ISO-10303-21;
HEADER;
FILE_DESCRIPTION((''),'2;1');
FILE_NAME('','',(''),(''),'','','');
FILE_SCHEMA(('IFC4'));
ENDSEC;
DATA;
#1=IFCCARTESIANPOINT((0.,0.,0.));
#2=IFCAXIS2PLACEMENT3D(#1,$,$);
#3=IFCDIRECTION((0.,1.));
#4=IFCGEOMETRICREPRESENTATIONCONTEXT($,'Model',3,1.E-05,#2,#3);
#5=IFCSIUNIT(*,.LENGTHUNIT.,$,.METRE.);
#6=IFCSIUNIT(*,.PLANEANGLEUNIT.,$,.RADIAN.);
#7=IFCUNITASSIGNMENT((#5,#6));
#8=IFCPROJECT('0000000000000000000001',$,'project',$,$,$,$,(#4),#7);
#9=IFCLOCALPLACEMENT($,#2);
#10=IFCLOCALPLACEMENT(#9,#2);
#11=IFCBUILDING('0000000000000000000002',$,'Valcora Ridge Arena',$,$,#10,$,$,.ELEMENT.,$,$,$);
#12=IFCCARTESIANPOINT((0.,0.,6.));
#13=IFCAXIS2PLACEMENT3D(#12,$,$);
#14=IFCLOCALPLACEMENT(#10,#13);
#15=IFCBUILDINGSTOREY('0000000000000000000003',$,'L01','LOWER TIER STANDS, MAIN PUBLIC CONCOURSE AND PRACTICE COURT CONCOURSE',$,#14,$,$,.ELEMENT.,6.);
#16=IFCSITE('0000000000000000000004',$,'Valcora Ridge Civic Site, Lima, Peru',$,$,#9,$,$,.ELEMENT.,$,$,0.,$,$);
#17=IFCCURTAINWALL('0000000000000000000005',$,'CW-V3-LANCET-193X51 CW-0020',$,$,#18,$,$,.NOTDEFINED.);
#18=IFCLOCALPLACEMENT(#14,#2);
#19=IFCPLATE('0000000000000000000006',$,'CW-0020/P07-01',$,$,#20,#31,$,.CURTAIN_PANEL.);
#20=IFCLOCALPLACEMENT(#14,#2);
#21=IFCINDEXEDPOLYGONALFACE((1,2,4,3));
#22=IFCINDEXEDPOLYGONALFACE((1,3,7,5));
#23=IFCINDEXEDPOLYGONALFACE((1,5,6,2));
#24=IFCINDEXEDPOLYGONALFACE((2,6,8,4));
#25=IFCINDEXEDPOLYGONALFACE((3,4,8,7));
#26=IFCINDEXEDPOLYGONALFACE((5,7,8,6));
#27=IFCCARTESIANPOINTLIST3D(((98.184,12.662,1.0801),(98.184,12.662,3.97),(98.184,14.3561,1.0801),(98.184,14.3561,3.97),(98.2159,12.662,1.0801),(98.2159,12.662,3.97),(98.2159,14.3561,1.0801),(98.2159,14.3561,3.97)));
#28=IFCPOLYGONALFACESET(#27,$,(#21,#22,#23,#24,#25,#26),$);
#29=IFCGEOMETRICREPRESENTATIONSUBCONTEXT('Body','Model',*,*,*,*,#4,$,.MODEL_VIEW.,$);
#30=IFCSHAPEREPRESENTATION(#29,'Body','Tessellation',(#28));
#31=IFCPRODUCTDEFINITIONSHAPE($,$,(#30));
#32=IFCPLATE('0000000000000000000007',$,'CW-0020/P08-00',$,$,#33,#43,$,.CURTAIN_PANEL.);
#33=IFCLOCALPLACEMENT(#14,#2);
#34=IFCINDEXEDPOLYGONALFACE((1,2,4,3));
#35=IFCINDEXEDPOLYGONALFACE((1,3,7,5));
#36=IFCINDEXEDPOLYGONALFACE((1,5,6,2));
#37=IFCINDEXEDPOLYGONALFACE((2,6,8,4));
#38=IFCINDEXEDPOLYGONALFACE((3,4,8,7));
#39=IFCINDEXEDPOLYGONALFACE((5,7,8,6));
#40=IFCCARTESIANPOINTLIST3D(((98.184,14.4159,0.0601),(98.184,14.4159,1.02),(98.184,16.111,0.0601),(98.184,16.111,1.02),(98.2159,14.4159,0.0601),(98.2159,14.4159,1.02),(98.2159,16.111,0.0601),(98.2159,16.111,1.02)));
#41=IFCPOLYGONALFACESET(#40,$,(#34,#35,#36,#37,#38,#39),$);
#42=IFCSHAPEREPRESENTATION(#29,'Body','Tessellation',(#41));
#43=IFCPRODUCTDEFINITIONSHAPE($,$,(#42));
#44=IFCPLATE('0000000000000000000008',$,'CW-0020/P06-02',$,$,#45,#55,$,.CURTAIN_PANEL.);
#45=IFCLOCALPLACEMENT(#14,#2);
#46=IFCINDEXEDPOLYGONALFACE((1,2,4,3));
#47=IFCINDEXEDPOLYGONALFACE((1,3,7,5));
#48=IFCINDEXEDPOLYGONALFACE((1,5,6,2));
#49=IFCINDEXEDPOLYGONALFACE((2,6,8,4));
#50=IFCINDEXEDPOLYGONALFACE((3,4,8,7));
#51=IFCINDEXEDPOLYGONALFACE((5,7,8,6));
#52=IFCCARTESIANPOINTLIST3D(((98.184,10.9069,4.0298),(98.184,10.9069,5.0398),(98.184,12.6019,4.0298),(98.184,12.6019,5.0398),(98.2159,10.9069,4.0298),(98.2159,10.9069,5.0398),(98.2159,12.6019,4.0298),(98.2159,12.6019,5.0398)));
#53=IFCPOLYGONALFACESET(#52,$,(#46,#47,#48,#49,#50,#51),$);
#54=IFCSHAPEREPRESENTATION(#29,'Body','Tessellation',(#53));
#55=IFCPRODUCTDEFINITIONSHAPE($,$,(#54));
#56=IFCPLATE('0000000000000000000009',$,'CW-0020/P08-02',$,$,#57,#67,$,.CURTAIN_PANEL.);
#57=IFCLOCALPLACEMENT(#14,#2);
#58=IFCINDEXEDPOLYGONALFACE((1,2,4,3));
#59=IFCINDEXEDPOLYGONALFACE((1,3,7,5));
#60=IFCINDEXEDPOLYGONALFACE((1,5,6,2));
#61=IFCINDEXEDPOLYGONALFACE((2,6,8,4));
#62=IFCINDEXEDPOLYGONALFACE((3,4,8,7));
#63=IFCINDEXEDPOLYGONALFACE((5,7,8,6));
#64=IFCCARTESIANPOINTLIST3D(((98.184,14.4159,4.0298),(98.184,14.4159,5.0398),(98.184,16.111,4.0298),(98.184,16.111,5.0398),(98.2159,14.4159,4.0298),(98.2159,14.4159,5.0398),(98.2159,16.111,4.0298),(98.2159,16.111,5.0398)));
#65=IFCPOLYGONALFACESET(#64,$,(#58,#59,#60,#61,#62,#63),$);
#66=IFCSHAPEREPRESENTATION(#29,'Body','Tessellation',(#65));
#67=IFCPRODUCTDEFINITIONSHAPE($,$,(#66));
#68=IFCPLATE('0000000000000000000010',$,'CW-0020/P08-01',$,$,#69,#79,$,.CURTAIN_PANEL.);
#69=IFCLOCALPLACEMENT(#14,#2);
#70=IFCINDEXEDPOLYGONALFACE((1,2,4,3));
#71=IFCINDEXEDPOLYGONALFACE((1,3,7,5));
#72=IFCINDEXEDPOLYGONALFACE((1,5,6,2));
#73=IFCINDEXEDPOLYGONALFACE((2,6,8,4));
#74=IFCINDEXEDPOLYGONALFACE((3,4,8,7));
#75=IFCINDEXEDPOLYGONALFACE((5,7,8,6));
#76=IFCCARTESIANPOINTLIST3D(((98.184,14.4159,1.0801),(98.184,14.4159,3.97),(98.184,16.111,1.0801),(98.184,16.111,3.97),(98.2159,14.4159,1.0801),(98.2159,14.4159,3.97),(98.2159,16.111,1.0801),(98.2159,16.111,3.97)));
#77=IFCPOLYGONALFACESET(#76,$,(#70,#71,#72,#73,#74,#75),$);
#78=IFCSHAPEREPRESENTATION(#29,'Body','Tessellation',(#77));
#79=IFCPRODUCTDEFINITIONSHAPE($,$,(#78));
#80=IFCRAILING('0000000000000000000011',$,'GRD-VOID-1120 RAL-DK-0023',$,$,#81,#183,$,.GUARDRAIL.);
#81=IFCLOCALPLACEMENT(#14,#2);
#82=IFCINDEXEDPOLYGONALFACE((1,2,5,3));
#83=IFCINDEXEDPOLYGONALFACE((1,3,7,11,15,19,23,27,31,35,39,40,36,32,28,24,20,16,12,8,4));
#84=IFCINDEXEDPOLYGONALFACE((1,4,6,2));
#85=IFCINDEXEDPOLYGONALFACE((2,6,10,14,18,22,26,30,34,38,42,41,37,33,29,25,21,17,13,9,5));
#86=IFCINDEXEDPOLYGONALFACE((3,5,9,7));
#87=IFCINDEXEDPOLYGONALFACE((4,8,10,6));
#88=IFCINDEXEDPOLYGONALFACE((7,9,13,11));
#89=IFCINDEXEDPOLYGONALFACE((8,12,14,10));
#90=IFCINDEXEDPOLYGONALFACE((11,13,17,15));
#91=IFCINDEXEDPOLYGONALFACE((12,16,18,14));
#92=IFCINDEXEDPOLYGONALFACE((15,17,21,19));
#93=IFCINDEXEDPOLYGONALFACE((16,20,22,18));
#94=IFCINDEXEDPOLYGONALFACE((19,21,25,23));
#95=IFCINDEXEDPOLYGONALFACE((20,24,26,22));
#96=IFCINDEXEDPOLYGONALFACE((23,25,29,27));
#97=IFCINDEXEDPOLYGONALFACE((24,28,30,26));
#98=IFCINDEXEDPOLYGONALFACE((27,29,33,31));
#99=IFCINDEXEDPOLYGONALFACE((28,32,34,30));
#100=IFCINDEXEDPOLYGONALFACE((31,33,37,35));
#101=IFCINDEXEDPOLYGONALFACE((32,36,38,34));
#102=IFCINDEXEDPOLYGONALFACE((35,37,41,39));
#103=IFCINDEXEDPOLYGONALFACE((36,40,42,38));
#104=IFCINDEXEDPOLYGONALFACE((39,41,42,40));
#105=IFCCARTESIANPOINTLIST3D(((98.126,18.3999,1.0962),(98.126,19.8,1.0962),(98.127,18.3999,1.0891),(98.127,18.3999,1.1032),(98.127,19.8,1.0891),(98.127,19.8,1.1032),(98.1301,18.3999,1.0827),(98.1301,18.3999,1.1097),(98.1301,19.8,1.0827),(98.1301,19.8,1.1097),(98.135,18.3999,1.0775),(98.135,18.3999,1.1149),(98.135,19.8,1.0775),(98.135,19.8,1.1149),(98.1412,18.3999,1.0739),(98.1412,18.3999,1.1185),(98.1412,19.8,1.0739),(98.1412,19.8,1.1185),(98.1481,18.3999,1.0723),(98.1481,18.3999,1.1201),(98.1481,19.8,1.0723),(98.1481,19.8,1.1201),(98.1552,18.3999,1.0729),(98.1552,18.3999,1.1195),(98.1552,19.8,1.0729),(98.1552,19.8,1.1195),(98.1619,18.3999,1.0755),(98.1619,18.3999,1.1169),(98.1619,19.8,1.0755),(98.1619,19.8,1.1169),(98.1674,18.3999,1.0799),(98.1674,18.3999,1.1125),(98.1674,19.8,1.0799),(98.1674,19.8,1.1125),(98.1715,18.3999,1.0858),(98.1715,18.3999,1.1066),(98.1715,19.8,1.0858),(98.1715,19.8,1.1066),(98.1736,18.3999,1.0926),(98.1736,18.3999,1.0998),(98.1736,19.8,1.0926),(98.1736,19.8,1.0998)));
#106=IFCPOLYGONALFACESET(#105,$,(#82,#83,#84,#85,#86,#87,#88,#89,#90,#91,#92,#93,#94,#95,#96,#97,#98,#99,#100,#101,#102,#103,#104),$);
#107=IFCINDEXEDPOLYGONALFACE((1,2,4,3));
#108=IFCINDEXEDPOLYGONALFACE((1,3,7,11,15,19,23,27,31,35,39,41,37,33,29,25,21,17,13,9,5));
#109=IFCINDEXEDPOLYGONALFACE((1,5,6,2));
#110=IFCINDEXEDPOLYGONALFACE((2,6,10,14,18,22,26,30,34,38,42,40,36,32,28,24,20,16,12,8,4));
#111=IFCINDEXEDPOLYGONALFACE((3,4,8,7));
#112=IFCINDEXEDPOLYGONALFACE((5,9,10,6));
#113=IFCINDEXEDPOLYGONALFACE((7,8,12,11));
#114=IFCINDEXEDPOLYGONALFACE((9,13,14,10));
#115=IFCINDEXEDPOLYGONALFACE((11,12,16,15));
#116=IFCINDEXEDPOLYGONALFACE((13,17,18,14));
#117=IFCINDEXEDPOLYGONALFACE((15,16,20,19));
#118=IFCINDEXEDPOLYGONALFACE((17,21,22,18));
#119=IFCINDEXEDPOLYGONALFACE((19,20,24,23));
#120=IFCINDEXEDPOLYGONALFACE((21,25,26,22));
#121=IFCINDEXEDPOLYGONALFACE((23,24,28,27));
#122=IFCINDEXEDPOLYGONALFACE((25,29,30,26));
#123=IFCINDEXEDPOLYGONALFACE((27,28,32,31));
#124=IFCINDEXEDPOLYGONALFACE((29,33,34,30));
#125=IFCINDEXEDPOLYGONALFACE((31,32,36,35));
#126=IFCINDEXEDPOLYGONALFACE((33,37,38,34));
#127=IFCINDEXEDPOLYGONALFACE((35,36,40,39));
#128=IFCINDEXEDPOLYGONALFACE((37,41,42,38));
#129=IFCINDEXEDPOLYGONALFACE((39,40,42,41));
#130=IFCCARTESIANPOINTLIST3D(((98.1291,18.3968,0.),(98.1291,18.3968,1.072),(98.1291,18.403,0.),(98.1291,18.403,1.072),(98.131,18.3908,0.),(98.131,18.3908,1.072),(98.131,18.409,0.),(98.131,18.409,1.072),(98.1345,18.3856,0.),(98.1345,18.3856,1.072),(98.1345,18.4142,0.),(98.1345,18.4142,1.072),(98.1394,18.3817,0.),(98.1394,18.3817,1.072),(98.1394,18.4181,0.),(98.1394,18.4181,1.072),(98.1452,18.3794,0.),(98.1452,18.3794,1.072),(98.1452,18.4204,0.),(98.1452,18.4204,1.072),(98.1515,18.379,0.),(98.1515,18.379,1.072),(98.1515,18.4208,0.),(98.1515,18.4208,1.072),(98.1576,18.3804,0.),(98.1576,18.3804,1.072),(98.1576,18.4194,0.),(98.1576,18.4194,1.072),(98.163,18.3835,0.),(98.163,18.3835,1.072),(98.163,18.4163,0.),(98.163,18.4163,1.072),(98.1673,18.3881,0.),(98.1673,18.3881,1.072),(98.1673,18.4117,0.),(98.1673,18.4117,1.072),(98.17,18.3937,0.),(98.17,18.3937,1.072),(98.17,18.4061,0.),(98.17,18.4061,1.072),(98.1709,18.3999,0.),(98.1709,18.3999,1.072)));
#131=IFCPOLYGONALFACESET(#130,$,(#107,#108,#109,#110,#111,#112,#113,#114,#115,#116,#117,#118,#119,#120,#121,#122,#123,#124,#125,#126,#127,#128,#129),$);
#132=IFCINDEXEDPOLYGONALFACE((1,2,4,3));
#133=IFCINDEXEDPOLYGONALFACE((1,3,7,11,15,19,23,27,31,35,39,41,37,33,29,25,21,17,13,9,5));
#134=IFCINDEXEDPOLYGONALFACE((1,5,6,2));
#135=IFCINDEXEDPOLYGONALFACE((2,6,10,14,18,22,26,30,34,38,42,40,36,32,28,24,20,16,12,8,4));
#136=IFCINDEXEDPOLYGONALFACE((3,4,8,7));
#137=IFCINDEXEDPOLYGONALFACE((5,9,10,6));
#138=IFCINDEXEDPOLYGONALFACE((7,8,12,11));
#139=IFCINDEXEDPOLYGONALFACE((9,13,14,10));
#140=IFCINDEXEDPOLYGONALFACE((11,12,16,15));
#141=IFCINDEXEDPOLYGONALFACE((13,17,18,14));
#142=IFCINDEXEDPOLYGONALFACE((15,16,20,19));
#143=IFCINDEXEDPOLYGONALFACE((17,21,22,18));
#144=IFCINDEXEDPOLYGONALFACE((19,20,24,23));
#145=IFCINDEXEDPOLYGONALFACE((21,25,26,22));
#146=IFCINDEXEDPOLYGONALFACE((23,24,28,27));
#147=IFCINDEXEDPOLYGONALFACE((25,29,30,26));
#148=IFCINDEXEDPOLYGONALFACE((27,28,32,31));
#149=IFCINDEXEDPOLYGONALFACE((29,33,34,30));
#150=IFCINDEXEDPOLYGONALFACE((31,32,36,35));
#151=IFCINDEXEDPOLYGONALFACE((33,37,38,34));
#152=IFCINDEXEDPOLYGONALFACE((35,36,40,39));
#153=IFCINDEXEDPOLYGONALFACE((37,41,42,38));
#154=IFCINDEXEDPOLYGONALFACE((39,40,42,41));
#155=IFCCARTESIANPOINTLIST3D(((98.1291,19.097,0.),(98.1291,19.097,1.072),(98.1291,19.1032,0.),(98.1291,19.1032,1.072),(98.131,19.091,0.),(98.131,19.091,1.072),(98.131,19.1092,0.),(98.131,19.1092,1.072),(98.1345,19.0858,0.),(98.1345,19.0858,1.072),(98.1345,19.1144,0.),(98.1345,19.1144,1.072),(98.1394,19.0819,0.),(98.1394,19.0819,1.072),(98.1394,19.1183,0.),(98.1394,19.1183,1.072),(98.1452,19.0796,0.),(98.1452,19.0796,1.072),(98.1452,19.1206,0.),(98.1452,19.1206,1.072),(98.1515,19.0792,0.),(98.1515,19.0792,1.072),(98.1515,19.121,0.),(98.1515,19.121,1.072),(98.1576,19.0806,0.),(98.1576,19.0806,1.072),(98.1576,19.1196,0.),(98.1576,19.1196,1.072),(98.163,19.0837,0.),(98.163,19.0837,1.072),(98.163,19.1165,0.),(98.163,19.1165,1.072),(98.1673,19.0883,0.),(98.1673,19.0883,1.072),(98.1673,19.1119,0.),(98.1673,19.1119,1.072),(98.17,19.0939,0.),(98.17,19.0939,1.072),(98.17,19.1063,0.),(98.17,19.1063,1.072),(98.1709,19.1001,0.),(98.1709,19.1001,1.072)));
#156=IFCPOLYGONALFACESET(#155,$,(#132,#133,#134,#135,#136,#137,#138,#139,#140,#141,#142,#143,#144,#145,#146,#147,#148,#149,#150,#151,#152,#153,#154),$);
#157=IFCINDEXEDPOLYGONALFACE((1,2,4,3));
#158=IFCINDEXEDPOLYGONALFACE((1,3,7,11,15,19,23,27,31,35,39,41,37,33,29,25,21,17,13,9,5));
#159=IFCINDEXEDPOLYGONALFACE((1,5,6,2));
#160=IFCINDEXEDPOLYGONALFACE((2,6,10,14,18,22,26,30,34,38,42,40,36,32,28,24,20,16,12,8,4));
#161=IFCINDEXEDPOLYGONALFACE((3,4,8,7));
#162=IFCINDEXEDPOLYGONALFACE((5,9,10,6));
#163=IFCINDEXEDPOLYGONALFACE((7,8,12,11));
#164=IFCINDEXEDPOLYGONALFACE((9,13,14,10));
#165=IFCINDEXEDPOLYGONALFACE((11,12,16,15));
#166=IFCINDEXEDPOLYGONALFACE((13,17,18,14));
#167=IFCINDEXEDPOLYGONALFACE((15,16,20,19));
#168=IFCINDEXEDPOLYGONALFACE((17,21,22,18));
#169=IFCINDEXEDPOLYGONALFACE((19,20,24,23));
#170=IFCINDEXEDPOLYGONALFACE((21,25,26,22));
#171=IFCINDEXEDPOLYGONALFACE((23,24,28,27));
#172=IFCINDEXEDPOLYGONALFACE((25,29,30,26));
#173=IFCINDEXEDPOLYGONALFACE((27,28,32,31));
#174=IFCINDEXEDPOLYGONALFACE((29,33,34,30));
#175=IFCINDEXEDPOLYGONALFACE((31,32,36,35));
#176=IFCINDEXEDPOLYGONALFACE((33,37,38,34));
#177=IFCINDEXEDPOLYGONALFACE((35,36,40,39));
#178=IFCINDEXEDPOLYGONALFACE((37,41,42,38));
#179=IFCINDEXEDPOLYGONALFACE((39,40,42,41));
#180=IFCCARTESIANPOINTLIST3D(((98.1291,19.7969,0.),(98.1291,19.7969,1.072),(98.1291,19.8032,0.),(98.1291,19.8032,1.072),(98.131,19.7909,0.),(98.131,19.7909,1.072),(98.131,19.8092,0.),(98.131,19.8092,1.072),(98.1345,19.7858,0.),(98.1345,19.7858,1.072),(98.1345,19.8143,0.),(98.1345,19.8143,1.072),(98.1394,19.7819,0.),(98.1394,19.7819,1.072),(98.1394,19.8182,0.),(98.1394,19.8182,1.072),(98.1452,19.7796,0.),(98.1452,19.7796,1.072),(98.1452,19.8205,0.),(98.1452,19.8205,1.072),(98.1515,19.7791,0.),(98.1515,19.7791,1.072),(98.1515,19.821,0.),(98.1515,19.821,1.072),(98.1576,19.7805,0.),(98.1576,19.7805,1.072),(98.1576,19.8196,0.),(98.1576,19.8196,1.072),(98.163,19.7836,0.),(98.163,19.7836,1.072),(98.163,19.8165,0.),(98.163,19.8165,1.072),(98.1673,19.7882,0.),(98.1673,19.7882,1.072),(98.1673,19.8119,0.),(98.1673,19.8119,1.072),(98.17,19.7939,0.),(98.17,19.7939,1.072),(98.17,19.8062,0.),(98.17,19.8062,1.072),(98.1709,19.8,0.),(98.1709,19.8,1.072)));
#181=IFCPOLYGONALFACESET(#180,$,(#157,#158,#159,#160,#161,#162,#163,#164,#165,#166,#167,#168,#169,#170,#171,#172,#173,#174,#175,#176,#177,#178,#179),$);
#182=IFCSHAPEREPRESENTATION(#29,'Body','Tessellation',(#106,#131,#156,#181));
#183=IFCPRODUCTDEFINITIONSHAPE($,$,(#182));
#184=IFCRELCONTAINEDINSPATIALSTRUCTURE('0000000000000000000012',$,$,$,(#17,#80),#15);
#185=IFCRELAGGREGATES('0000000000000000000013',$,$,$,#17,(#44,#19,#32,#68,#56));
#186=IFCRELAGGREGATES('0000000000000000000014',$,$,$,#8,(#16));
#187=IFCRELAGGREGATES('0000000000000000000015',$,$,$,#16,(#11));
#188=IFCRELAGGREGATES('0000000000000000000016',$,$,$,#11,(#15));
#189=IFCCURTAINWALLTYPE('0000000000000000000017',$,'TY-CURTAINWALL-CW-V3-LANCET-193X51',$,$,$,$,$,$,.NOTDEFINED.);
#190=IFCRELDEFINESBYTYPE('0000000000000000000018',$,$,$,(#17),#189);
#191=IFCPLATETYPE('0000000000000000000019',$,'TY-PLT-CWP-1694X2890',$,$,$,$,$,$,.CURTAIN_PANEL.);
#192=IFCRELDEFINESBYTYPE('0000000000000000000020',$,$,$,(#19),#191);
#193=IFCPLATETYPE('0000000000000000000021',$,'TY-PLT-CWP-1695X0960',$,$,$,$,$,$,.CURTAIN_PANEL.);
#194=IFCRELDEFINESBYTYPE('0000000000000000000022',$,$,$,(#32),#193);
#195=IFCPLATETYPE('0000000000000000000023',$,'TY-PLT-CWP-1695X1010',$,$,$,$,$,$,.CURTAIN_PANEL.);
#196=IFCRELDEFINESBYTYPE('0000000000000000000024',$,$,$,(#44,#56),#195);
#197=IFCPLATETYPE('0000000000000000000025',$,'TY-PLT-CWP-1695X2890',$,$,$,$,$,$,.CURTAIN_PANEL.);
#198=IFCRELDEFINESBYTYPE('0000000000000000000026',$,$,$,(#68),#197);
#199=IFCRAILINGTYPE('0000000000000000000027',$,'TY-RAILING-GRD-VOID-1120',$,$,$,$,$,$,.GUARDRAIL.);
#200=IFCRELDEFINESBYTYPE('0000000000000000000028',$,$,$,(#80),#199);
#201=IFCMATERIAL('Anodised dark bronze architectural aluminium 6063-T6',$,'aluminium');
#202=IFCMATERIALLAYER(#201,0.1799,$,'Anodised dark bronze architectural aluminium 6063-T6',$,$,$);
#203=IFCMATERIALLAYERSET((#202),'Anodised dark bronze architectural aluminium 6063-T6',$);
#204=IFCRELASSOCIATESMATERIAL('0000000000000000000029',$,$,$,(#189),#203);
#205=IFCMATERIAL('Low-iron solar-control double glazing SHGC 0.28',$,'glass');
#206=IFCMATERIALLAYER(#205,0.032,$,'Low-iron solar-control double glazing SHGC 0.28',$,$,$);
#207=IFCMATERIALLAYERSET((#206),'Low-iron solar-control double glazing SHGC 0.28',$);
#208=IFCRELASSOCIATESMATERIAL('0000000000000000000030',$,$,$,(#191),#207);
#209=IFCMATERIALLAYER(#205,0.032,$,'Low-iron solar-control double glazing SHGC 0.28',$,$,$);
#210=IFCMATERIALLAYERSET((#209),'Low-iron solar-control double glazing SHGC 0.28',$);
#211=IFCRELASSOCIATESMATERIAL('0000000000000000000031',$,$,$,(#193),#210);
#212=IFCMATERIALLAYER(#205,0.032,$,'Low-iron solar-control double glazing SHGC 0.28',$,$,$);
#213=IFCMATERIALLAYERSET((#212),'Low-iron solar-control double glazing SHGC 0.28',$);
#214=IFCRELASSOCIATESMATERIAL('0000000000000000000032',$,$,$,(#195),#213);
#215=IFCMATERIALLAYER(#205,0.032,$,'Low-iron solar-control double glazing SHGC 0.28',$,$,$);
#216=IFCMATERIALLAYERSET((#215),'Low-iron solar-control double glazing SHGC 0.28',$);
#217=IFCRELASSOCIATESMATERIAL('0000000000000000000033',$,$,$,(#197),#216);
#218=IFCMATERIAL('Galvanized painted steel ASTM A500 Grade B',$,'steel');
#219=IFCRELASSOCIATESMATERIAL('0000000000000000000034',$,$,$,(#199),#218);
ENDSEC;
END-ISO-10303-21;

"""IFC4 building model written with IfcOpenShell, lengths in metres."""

from ifc_helpers import new_model, si_unit, direction, frame, origin, origin_2d, place, context, subcontext, project, spatial, rectangle, circle, extrude, material, layer, layer_set, type_object, element, aggregate, save


model = new_model("IFC4")

# Units and contexts
model_context = context("Model", 3, precision=1e-05, world=origin(), true_north=direction((0.0, 1.0)))
body_context = subcontext(model_context, "Body", "Model", "MODEL_VIEW")
ifc_project = project(units=[si_unit("LENGTHUNIT", "METRE"), si_unit("PLANEANGLEUNIT", "RADIAN")], contexts=[model_context])

# Site, building, storey
site_placement = place(None, origin())
site = spatial("IfcSite", under=ifc_project, at=site_placement, Name="Valcora Ridge Civic Site, Lima, Peru", CompositionType="ELEMENT", RefElevation=0.0)
building_placement = place(site_placement, origin())
building = spatial("IfcBuilding", under=site, at=building_placement, Name="Valcora Ridge Arena", CompositionType="ELEMENT")
storey_placement = place(building_placement, frame((0.0, 0.0, 6.0)))
storey = spatial("IfcBuildingStorey", under=building, at=storey_placement, Name="L01", Description="LOWER TIER STANDS, MAIN PUBLIC CONCOURSE AND PRACTICE COURT CONCOURSE", CompositionType="ELEMENT", Elevation=6.0)

# Curtain wall, plates
ifc_material_1 = material(Name="Anodised dark bronze architectural aluminium 6063-T6", Category="aluminium")
ifc_layer_1 = layer(ifc_material_1, 0.1799, Name="Anodised dark bronze architectural aluminium 6063-T6")
ifc_layer_set_1 = layer_set([ifc_layer_1], Name="Anodised dark bronze architectural aluminium 6063-T6")
curtain_wall_type = type_object("IfcCurtainWallType", Name="TY-CURTAINWALL-CW-V3-LANCET-193X51", PredefinedType="NOTDEFINED", material=ifc_layer_set_1)
curtain_wall_placement = place(storey_placement, origin())
curtain_wall = element("IfcCurtainWall", 1, at=curtain_wall_placement, inside=storey, type_object=curtain_wall_type, Name="CW-V3-LANCET-193X51 CW-0020", PredefinedType="NOTDEFINED")
ifc_material_2 = material(Name="Low-iron solar-control double glazing SHGC 0.28", Category="glass")
ifc_layer_2 = layer(ifc_material_2, 0.032, Name="Low-iron solar-control double glazing SHGC 0.28")
ifc_layer_set_2 = layer_set([ifc_layer_2], Name="Low-iron solar-control double glazing SHGC 0.28")
plate_type_1 = type_object("IfcPlateType", Name="TY-PLT-CWP-1694X2890", PredefinedType="CURTAIN_PANEL", material=ifc_layer_set_2)
plate_1_placement = place(storey_placement, frame((98.2, 13.509, 1.0801), z_axis=(0.0, 0.0, 1.0), x_axis=(0.0, 1.0, 0.0)))
plate_1 = element("IfcPlate", 2, at=plate_1_placement, type_object=plate_type_1, Name="CW-0020/P07-01", PredefinedType="CURTAIN_PANEL", context=body_context, shape_type="SweptSolid", body=[
    extrude(rectangle(XDim=1.6941, YDim=0.032, at=origin_2d()), origin(), (0.0, 0.0, 1.0), 2.8899),
])
ifc_layer_3 = layer(ifc_material_2, 0.032, Name="Low-iron solar-control double glazing SHGC 0.28")
ifc_layer_set_3 = layer_set([ifc_layer_3], Name="Low-iron solar-control double glazing SHGC 0.28")
plate_type_2 = type_object("IfcPlateType", Name="TY-PLT-CWP-1695X0960", PredefinedType="CURTAIN_PANEL", material=ifc_layer_set_3)
plate_2_placement = place(storey_placement, frame((98.2, 15.2634, 0.0601), z_axis=(0.0, 0.0, 1.0), x_axis=(0.0, 1.0, 0.0)))
plate_2 = element("IfcPlate", 3, at=plate_2_placement, type_object=plate_type_2, Name="CW-0020/P08-00", PredefinedType="CURTAIN_PANEL", context=body_context, shape_type="SweptSolid", body=[
    extrude(rectangle(XDim=1.6951, YDim=0.032, at=origin_2d()), origin(), (0.0, 0.0, 1.0), 0.96),
])
ifc_layer_4 = layer(ifc_material_2, 0.032, Name="Low-iron solar-control double glazing SHGC 0.28")
ifc_layer_set_4 = layer_set([ifc_layer_4], Name="Low-iron solar-control double glazing SHGC 0.28")
plate_type_3 = type_object("IfcPlateType", Name="TY-PLT-CWP-1695X1010", PredefinedType="CURTAIN_PANEL", material=ifc_layer_set_4)
plate_3_placement = place(storey_placement, frame((98.2, 11.7544, 4.0298), z_axis=(0.0, 0.0, 1.0), x_axis=(0.0, 1.0, 0.0)))
plate_3 = element("IfcPlate", 4, at=plate_3_placement, type_object=plate_type_3, Name="CW-0020/P06-02", PredefinedType="CURTAIN_PANEL", context=body_context, shape_type="SweptSolid", body=[
    extrude(rectangle(XDim=1.6951, YDim=0.032, at=origin_2d()), origin(), (0.0, 0.0, 1.0), 1.01),
])
plate_4_placement = place(storey_placement, frame((98.2, 15.2634, 4.0298), z_axis=(0.0, 0.0, 1.0), x_axis=(0.0, 1.0, 0.0)))
plate_4 = element("IfcPlate", 5, at=plate_4_placement, type_object=plate_type_3, Name="CW-0020/P08-02", PredefinedType="CURTAIN_PANEL", context=body_context, shape_type="SweptSolid", body=[
    extrude(rectangle(XDim=1.6951, YDim=0.032, at=origin_2d()), origin(), (0.0, 0.0, 1.0), 1.01),
])
ifc_layer_5 = layer(ifc_material_2, 0.032, Name="Low-iron solar-control double glazing SHGC 0.28")
ifc_layer_set_5 = layer_set([ifc_layer_5], Name="Low-iron solar-control double glazing SHGC 0.28")
plate_type_4 = type_object("IfcPlateType", Name="TY-PLT-CWP-1695X2890", PredefinedType="CURTAIN_PANEL", material=ifc_layer_set_5)
plate_5_placement = place(storey_placement, frame((98.2, 15.2634, 1.0801), z_axis=(0.0, 0.0, 1.0), x_axis=(0.0, 1.0, 0.0)))
plate_5 = element("IfcPlate", 6, at=plate_5_placement, type_object=plate_type_4, Name="CW-0020/P08-01", PredefinedType="CURTAIN_PANEL", context=body_context, shape_type="SweptSolid", body=[
    extrude(rectangle(XDim=1.6951, YDim=0.032, at=origin_2d()), origin(), (0.0, 0.0, 1.0), 2.8899),
])
aggregate(curtain_wall, [plate_3, plate_1, plate_2, plate_5, plate_4])

# Railing
ifc_material_3 = material(Name="Galvanized painted steel ASTM A500 Grade B", Category="steel")
railing_type = type_object("IfcRailingType", Name="TY-RAILING-GRD-VOID-1120", PredefinedType="GUARDRAIL", material=ifc_material_3)
railing_placement = place(storey_placement, frame((98.1499, 18.3999, 0.0)))
element("IfcRailing", 7, at=railing_placement, inside=storey, type_object=railing_type, Name="GRD-VOID-1120 RAL-DK-0023", PredefinedType="GUARDRAIL", context=body_context, shape_type="SweptSolid", body=[
    extrude(circle(Radius=0.0239, at=origin_2d()), frame((0.0, 0.0, 1.0962), z_axis=(0.0, 1.0, 0.0), x_axis=(-1.0, 0.0, 0.0)), (0.0, 0.0, 1.0), 1.4001),
    extrude(circle(Radius=0.021, at=origin_2d()), origin(), (0.0, 0.0, 1.0), 1.072),
    extrude(circle(Radius=0.021, at=origin_2d()), frame((0.0, 0.7002, 0.0)), (0.0, 0.0, 1.0), 1.072),
    extrude(circle(Radius=0.021, at=origin_2d()), frame((0.0, 1.4001, 0.0)), (0.0, 0.0, 1.0), 1.072),
])

save(model, "model.ifc")
